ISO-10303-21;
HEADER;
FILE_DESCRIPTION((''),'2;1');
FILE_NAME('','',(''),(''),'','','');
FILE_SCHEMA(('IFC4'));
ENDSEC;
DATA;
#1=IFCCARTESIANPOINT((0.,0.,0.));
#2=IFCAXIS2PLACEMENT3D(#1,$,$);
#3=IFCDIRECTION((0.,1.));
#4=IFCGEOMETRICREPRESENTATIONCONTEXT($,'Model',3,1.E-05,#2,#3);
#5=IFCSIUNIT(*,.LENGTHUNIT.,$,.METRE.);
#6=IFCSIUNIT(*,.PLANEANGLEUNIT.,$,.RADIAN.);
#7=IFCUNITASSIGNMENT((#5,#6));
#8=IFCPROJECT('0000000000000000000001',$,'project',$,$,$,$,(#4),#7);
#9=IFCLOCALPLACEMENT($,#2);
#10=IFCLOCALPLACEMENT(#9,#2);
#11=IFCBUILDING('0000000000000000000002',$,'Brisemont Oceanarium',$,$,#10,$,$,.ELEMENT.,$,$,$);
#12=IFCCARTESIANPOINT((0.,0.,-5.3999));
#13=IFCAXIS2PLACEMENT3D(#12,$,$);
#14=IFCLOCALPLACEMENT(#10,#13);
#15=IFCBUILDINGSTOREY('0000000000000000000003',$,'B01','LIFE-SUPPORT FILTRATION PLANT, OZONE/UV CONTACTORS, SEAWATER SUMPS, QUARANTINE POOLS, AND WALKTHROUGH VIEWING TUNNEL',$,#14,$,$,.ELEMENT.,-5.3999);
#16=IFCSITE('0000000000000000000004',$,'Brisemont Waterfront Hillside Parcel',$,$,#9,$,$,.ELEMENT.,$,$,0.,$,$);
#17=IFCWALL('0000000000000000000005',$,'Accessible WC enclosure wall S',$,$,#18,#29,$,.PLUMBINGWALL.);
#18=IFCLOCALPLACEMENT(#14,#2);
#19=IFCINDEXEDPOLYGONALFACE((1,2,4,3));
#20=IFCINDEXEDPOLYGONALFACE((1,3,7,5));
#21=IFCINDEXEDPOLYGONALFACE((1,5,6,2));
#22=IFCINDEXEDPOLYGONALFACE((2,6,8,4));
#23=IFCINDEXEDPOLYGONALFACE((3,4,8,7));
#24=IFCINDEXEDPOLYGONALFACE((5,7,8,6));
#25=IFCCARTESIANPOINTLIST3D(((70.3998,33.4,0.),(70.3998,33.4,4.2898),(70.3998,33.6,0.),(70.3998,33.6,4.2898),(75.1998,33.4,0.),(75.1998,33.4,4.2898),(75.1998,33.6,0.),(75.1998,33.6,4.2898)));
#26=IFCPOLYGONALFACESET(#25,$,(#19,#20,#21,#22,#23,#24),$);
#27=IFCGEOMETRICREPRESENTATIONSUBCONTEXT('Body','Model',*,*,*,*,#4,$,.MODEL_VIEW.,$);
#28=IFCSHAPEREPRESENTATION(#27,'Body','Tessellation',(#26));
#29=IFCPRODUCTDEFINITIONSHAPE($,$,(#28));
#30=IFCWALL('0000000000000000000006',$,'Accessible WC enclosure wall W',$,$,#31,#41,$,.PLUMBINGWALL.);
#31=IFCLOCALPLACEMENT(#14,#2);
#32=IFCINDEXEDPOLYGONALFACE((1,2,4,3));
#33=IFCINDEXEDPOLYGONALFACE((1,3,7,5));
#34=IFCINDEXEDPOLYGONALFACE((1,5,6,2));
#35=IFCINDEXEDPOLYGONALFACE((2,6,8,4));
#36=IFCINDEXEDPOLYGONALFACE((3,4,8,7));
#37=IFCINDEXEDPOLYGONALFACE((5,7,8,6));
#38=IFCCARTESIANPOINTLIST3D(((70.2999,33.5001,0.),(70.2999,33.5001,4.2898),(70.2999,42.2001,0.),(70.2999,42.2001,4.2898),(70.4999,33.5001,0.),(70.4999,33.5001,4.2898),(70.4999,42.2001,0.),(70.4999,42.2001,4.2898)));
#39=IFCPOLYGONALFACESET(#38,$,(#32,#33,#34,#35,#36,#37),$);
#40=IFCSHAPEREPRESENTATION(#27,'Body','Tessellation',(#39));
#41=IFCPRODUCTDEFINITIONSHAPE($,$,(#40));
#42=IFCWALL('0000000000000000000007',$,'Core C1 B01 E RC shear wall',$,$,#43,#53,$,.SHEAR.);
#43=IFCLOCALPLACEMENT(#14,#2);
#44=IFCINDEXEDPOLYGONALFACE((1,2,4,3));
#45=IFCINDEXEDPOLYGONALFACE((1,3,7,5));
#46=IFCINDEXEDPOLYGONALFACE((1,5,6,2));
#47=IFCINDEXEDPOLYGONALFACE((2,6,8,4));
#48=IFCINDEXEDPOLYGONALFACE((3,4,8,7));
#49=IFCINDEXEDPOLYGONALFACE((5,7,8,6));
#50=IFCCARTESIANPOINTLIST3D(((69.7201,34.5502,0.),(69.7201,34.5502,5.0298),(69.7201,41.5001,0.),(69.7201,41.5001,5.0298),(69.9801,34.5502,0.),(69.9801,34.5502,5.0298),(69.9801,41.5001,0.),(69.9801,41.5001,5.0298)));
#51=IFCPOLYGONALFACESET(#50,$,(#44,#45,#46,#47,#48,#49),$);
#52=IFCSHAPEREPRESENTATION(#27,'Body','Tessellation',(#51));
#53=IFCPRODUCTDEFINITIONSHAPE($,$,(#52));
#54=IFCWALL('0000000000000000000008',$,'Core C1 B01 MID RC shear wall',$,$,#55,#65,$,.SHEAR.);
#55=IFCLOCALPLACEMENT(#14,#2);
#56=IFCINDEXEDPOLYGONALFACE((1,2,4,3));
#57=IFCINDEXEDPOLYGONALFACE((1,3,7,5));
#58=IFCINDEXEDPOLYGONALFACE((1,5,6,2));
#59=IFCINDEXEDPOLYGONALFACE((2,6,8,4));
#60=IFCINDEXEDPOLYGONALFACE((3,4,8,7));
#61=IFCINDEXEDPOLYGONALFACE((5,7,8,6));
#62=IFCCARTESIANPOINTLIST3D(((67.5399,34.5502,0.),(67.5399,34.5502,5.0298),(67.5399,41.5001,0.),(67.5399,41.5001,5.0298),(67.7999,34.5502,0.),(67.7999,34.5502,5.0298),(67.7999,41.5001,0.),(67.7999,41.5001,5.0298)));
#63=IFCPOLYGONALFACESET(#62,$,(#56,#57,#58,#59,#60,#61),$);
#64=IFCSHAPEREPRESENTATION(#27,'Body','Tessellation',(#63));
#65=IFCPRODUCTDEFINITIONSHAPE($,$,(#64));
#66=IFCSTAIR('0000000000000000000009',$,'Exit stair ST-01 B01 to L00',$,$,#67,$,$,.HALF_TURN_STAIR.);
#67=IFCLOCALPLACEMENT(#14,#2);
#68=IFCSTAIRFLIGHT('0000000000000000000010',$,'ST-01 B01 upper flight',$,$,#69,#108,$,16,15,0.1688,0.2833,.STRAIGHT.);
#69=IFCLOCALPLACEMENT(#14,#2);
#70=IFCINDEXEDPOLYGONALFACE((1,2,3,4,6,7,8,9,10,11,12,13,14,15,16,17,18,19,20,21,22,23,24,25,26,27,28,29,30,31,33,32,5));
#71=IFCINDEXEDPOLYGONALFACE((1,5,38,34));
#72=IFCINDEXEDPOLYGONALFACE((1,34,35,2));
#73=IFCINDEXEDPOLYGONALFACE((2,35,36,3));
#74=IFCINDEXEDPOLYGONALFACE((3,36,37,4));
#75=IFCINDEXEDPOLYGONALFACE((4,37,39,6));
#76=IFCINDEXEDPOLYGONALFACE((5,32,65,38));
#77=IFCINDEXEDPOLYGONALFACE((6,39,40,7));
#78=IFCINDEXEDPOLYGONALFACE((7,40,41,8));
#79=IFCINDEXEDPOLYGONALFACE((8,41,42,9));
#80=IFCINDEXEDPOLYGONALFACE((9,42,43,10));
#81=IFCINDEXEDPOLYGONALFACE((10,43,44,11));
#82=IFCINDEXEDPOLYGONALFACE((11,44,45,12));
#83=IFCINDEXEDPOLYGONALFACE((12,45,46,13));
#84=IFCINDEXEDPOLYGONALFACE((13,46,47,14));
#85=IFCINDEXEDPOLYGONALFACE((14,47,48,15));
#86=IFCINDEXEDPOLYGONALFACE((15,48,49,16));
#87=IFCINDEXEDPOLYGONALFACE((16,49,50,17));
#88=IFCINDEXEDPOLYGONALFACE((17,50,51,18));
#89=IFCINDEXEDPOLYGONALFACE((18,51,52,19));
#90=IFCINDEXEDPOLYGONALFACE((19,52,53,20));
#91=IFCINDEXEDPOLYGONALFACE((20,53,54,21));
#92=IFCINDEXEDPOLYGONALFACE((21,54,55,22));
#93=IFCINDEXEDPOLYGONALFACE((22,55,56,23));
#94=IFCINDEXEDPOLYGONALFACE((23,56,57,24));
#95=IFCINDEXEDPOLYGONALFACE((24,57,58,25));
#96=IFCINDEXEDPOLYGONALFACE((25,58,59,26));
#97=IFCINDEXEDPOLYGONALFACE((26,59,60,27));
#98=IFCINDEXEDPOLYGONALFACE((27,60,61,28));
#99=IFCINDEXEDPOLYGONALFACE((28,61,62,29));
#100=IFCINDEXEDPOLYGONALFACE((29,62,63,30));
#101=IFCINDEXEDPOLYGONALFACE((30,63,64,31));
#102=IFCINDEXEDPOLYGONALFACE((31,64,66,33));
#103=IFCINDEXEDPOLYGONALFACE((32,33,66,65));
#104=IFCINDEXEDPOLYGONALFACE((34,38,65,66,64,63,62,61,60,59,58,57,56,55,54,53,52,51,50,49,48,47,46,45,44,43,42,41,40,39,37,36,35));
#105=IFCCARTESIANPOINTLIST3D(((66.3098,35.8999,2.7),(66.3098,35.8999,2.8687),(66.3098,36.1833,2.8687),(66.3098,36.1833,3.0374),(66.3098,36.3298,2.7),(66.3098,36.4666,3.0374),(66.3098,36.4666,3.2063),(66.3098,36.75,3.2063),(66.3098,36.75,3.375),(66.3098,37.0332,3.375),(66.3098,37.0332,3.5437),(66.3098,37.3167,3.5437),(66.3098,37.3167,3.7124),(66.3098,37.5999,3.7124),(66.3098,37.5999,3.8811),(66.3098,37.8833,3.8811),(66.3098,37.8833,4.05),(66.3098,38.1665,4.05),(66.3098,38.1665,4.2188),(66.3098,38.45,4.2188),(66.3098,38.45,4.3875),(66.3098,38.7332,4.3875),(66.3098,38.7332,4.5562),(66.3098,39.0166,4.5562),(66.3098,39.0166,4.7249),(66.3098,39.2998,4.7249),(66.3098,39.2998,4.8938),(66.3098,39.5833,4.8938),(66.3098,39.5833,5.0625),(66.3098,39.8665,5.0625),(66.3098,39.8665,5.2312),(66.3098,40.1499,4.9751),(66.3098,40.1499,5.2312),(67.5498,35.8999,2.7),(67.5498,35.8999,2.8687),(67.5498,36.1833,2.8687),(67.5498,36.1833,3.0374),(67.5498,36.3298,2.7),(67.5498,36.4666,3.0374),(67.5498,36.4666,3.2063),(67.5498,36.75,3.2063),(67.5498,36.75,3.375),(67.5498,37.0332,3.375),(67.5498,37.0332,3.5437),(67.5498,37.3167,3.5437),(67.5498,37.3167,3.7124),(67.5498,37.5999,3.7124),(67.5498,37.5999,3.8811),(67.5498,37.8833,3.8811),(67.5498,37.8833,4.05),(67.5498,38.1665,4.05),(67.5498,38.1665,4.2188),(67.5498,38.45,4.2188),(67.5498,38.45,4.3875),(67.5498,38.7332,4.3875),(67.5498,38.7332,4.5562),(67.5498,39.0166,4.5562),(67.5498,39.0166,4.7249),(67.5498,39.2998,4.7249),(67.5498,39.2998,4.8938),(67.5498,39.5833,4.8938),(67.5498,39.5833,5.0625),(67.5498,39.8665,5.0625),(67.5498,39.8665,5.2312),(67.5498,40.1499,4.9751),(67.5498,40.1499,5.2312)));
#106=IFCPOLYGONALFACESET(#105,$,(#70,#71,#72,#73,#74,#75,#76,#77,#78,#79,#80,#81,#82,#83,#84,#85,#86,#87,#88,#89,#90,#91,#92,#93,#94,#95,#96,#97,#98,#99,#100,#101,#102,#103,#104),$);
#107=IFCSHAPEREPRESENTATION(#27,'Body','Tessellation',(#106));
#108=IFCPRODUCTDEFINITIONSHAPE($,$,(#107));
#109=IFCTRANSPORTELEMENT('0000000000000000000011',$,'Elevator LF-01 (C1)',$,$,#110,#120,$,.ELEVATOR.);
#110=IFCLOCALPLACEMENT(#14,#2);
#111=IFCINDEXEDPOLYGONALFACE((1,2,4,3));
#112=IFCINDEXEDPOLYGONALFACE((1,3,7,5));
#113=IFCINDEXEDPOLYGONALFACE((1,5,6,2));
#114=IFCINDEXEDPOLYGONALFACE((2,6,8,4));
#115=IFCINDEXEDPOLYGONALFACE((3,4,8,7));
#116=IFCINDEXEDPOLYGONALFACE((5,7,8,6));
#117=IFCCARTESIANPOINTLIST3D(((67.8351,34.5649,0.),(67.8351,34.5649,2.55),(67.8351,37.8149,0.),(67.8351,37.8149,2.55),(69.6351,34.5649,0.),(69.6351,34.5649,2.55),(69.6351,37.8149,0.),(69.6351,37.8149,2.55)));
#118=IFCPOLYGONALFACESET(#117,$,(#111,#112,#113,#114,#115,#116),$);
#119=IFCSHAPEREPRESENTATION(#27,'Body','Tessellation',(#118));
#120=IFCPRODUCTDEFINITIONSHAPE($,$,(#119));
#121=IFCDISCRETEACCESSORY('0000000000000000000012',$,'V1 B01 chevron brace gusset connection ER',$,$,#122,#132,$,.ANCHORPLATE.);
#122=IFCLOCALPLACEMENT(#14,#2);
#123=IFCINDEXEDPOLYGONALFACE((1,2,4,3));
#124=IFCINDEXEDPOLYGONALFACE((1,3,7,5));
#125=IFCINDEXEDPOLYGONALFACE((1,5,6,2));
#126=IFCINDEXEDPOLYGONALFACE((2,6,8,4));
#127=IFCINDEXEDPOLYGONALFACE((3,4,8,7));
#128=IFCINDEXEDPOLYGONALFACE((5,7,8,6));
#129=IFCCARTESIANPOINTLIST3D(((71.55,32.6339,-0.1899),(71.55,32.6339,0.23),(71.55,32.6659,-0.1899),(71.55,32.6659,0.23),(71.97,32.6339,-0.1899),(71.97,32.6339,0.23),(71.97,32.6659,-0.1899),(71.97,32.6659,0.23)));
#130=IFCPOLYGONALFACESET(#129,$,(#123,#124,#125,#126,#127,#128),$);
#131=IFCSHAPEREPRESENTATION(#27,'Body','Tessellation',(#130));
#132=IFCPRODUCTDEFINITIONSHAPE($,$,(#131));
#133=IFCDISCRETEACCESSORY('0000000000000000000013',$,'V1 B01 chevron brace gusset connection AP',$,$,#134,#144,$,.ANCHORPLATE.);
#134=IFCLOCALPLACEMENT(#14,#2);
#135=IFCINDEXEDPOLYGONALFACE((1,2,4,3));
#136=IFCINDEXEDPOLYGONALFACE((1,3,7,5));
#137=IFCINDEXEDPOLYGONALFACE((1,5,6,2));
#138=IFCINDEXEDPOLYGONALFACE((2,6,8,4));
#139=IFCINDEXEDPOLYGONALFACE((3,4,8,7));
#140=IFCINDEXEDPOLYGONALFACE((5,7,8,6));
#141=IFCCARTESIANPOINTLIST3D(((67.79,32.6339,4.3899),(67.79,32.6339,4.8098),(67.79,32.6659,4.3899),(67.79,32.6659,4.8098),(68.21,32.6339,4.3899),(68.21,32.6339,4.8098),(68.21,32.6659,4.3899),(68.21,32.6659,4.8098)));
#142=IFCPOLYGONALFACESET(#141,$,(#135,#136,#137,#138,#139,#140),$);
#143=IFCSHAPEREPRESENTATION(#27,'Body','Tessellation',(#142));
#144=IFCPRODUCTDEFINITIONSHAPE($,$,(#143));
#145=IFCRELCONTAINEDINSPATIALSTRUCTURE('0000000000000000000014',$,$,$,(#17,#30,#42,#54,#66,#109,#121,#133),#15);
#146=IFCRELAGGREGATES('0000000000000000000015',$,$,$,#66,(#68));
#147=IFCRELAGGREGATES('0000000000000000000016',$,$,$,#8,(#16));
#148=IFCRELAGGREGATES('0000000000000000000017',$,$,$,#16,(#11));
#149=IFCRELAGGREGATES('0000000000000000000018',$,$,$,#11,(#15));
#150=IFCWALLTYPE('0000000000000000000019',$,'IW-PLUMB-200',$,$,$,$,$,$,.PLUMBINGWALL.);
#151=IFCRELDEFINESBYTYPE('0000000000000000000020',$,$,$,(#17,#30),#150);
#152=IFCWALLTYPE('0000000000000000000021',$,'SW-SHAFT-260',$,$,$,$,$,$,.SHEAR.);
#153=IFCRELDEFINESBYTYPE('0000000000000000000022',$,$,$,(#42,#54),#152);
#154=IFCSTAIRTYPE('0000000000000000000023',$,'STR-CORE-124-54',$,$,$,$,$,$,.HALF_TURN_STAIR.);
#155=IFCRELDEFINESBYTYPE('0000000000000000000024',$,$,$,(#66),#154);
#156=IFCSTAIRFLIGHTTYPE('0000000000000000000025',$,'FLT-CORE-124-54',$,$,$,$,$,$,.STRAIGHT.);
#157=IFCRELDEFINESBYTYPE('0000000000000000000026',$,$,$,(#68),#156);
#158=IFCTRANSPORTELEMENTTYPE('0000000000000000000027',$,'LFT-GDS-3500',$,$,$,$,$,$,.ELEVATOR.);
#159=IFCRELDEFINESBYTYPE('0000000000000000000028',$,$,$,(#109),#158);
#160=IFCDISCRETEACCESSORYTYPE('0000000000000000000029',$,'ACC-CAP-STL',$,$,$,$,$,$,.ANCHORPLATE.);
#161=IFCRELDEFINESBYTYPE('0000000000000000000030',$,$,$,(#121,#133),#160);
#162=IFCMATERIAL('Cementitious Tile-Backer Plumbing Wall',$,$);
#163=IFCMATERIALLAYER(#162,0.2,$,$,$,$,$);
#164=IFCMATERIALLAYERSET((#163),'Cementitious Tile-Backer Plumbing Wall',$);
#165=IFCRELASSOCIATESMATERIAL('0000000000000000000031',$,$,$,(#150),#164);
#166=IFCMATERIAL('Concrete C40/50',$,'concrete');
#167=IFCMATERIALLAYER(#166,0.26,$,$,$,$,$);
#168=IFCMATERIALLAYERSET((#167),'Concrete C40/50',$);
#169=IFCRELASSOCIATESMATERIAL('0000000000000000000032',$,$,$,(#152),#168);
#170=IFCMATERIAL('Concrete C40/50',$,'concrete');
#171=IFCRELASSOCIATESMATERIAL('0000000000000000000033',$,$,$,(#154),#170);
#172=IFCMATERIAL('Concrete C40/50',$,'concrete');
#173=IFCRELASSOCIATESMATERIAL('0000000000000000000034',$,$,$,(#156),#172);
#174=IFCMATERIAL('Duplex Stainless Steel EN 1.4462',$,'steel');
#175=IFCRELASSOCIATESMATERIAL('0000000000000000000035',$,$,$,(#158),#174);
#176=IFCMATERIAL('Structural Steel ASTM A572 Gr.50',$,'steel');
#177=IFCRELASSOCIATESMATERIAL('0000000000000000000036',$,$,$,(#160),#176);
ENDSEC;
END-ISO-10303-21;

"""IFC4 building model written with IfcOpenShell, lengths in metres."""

from ifc_helpers import new_model, si_unit, direction, frame, frame_2d, origin, origin_2d, place, context, subcontext, project, spatial, polyline, rectangle, outline, extrude, material, layer, layer_set, type_object, element, aggregate, save


model = new_model("IFC4")

# Units and contexts
model_context = context("Model", 3, precision=1e-05, world=origin(), true_north=direction((0.0, 1.0)))
body_context = subcontext(model_context, "Body", "Model", "MODEL_VIEW")
ifc_project = project(units=[si_unit("LENGTHUNIT", "METRE"), si_unit("PLANEANGLEUNIT", "RADIAN")], contexts=[model_context])

# Site, building, storey
site_placement = place(None, origin())
site = spatial("IfcSite", under=ifc_project, at=site_placement, Name="Brisemont Waterfront Hillside Parcel", CompositionType="ELEMENT", RefElevation=0.0)
building_placement = place(site_placement, origin())
building = spatial("IfcBuilding", under=site, at=building_placement, Name="Brisemont Oceanarium", CompositionType="ELEMENT")
storey_placement = place(building_placement, frame((0.0, 0.0, -5.3999)))
storey = spatial("IfcBuildingStorey", under=building, at=storey_placement, Name="B01", Description="LIFE-SUPPORT FILTRATION PLANT, OZONE/UV CONTACTORS, SEAWATER SUMPS, QUARANTINE POOLS, AND WALKTHROUGH VIEWING TUNNEL", CompositionType="ELEMENT", Elevation=-5.3999)

# Walls
ifc_material_1 = material(Name="Cementitious Tile-Backer Plumbing Wall")
ifc_layer_1 = layer(ifc_material_1, 0.2)
ifc_layer_set_1 = layer_set([ifc_layer_1], Name="Cementitious Tile-Backer Plumbing Wall")
wall_type_1 = type_object("IfcWallType", Name="IW-PLUMB-200", PredefinedType="PLUMBINGWALL", material=ifc_layer_set_1)
wall_1_placement = place(storey_placement, frame((70.3999, 33.5, 0.0), z_axis=(0.0, 0.0, 1.0), x_axis=(1.0, 0.0, 0.0)))
element("IfcWall", 1, at=wall_1_placement, inside=storey, type_object=wall_type_1, Name="Accessible WC enclosure wall S", PredefinedType="PLUMBINGWALL", context=body_context, shape_type="SweptSolid", body=[
    extrude(rectangle(XDim=4.8, YDim=0.2, at=frame_2d((2.3999, 0.0))), origin(), (0.0, 0.0, 1.0), 4.2898),
])
wall_2_placement = place(storey_placement, frame((70.3999, 33.5, 0.0), z_axis=(0.0, 0.0, 1.0), x_axis=(0.0, 1.0, 0.0)))
element("IfcWall", 2, at=wall_2_placement, inside=storey, type_object=wall_type_1, Name="Accessible WC enclosure wall W", PredefinedType="PLUMBINGWALL", context=body_context, shape_type="SweptSolid", body=[
    extrude(rectangle(XDim=8.7, YDim=0.2, at=frame_2d((4.3501, 0.0))), origin(), (0.0, 0.0, 1.0), 4.2898),
])
ifc_material_2 = material(Name="Concrete C40/50", Category="concrete")
ifc_layer_2 = layer(ifc_material_2, 0.26)
ifc_layer_set_2 = layer_set([ifc_layer_2], Name="Concrete C40/50")
wall_type_2 = type_object("IfcWallType", Name="SW-SHAFT-260", PredefinedType="SHEAR", material=ifc_layer_set_2)
for number, where, z_axis, x_axis, name in (
    (3, (69.8501, 34.55, 0.0), (0.0, 0.0, 1.0), (0.0, 1.0, 0.0), "Core C1 B01 E RC shear wall"),
    (4, (67.6699, 34.55, 0.0), (0.0, 0.0, 1.0), (0.0, 1.0, 0.0), "Core C1 B01 MID RC shear wall"),
):
    element("IfcWall", number, at=place(storey_placement, frame(where, z_axis=z_axis, x_axis=x_axis)), inside=storey, type_object=wall_type_2, Name=name, PredefinedType="SHEAR", context=body_context, shape_type="SweptSolid", body=[
        extrude(rectangle(XDim=6.95, YDim=0.26, at=frame_2d((3.4751, 0.0))), origin(), (0.0, 0.0, 1.0), 5.0298),
    ])

# Stair, stair flight
ifc_material_3 = material(Name="Concrete C40/50", Category="concrete")
stair_type = type_object("IfcStairType", Name="STR-CORE-124-54", PredefinedType="HALF_TURN_STAIR", material=ifc_material_3)
stair_placement = place(storey_placement, origin())
stair = element("IfcStair", 5, at=stair_placement, inside=storey, type_object=stair_type, Name="Exit stair ST-01 B01 to L00", PredefinedType="HALF_TURN_STAIR")
ifc_material_4 = material(Name="Concrete C40/50", Category="concrete")
stair_flight_type = type_object("IfcStairFlightType", Name="FLT-CORE-124-54", PredefinedType="STRAIGHT", material=ifc_material_4)
stair_flight_placement = place(storey_placement, frame((66.9299, 35.8999, 2.7), z_axis=(0.0, 0.0, 1.0), x_axis=(0.0, 1.0, 0.0)))
stair_flight = element("IfcStairFlight", 6, at=stair_flight_placement, type_object=stair_flight_type, Name="ST-01 B01 upper flight", NumberOfRisers=16, NumberOfTreads=15, PredefinedType="STRAIGHT", RiserHeight=0.1688, TreadLength=0.2833, context=body_context, shape_type="SweptSolid", body=[
    extrude(outline(polyline([(0.0, 0.0), (0.0, 0.1687), (0.2834, 0.1687), (0.2834, 0.3374), (0.5667, 0.3374), (0.5667, 0.5063), (0.8501, 0.5063), (0.8501, 0.675), (1.1333, 0.675), (1.1333, 0.8438), (1.4167, 0.8438), (1.4167, 1.0125), (1.7, 1.0125), (1.7, 1.1812), (1.9834, 1.1812), (1.9834, 1.3501), (2.2666, 1.3501), (2.2666, 1.5188), (2.55, 1.5188), (2.55, 1.6875), (2.8333, 1.6875), (2.8333, 1.8562), (3.1167, 1.8562), (3.1167, 2.0249), (3.3999, 2.0249), (3.3999, 2.1938), (3.6833, 2.1938), (3.6833, 2.3625), (3.9666, 2.3625), (3.9666, 2.5312), (4.25, 2.5312), (4.25, 2.7), (4.25, 2.2751), (0.4299, 0.0), (0.0, 0.0)])), frame((0.0, 0.6201, 0.0), z_axis=(0.0, -1.0, 0.0), x_axis=(1.0, 0.0, 0.0)), (0.0, 0.0, 1.0), 1.24),
])
aggregate(stair, [stair_flight])

# Transport element
ifc_material_5 = material(Name="Duplex Stainless Steel EN 1.4462", Category="steel")
transport_element_type = type_object("IfcTransportElementType", Name="LFT-GDS-3500", PredefinedType="ELEVATOR", material=ifc_material_5)
transport_element_placement = place(storey_placement, frame((68.7351, 36.1899, 0.0), z_axis=(0.0, 0.0, 1.0), x_axis=(1.0, 0.0, 0.0)))
element("IfcTransportElement", 7, at=transport_element_placement, inside=storey, type_object=transport_element_type, Name="Elevator LF-01 (C1)", PredefinedType="ELEVATOR", context=body_context, shape_type="SweptSolid", body=[
    extrude(rectangle(XDim=1.8, YDim=3.25, at=origin_2d()), origin(), (0.0, 0.0, 1.0), 2.55),
])

# Discrete accessories
ifc_material_6 = material(Name="Structural Steel ASTM A572 Gr.50", Category="steel")
discrete_accessory_type = type_object("IfcDiscreteAccessoryType", Name="ACC-CAP-STL", PredefinedType="ANCHORPLATE", material=ifc_material_6)
for number, where, z_axis, x_axis, name in (
    (8, (71.76, 32.6499, -0.1899), (0.0, 0.0, 1.0), (1.0, 0.0, 0.0), "V1 B01 chevron brace gusset connection ER"),
    (9, (68.0, 32.6499, 4.3899), (0.0, 0.0, 1.0), (1.0, 0.0, 0.0), "V1 B01 chevron brace gusset connection AP"),
):
    element("IfcDiscreteAccessory", number, at=place(storey_placement, frame(where, z_axis=z_axis, x_axis=x_axis)), inside=storey, type_object=discrete_accessory_type, Name=name, PredefinedType="ANCHORPLATE", context=body_context, shape_type="SweptSolid", body=[
        extrude(rectangle(XDim=0.4199, YDim=0.032, at=origin_2d()), origin(), (0.0, 0.0, 1.0), 0.4199),
    ])

save(model, "model.ifc")
